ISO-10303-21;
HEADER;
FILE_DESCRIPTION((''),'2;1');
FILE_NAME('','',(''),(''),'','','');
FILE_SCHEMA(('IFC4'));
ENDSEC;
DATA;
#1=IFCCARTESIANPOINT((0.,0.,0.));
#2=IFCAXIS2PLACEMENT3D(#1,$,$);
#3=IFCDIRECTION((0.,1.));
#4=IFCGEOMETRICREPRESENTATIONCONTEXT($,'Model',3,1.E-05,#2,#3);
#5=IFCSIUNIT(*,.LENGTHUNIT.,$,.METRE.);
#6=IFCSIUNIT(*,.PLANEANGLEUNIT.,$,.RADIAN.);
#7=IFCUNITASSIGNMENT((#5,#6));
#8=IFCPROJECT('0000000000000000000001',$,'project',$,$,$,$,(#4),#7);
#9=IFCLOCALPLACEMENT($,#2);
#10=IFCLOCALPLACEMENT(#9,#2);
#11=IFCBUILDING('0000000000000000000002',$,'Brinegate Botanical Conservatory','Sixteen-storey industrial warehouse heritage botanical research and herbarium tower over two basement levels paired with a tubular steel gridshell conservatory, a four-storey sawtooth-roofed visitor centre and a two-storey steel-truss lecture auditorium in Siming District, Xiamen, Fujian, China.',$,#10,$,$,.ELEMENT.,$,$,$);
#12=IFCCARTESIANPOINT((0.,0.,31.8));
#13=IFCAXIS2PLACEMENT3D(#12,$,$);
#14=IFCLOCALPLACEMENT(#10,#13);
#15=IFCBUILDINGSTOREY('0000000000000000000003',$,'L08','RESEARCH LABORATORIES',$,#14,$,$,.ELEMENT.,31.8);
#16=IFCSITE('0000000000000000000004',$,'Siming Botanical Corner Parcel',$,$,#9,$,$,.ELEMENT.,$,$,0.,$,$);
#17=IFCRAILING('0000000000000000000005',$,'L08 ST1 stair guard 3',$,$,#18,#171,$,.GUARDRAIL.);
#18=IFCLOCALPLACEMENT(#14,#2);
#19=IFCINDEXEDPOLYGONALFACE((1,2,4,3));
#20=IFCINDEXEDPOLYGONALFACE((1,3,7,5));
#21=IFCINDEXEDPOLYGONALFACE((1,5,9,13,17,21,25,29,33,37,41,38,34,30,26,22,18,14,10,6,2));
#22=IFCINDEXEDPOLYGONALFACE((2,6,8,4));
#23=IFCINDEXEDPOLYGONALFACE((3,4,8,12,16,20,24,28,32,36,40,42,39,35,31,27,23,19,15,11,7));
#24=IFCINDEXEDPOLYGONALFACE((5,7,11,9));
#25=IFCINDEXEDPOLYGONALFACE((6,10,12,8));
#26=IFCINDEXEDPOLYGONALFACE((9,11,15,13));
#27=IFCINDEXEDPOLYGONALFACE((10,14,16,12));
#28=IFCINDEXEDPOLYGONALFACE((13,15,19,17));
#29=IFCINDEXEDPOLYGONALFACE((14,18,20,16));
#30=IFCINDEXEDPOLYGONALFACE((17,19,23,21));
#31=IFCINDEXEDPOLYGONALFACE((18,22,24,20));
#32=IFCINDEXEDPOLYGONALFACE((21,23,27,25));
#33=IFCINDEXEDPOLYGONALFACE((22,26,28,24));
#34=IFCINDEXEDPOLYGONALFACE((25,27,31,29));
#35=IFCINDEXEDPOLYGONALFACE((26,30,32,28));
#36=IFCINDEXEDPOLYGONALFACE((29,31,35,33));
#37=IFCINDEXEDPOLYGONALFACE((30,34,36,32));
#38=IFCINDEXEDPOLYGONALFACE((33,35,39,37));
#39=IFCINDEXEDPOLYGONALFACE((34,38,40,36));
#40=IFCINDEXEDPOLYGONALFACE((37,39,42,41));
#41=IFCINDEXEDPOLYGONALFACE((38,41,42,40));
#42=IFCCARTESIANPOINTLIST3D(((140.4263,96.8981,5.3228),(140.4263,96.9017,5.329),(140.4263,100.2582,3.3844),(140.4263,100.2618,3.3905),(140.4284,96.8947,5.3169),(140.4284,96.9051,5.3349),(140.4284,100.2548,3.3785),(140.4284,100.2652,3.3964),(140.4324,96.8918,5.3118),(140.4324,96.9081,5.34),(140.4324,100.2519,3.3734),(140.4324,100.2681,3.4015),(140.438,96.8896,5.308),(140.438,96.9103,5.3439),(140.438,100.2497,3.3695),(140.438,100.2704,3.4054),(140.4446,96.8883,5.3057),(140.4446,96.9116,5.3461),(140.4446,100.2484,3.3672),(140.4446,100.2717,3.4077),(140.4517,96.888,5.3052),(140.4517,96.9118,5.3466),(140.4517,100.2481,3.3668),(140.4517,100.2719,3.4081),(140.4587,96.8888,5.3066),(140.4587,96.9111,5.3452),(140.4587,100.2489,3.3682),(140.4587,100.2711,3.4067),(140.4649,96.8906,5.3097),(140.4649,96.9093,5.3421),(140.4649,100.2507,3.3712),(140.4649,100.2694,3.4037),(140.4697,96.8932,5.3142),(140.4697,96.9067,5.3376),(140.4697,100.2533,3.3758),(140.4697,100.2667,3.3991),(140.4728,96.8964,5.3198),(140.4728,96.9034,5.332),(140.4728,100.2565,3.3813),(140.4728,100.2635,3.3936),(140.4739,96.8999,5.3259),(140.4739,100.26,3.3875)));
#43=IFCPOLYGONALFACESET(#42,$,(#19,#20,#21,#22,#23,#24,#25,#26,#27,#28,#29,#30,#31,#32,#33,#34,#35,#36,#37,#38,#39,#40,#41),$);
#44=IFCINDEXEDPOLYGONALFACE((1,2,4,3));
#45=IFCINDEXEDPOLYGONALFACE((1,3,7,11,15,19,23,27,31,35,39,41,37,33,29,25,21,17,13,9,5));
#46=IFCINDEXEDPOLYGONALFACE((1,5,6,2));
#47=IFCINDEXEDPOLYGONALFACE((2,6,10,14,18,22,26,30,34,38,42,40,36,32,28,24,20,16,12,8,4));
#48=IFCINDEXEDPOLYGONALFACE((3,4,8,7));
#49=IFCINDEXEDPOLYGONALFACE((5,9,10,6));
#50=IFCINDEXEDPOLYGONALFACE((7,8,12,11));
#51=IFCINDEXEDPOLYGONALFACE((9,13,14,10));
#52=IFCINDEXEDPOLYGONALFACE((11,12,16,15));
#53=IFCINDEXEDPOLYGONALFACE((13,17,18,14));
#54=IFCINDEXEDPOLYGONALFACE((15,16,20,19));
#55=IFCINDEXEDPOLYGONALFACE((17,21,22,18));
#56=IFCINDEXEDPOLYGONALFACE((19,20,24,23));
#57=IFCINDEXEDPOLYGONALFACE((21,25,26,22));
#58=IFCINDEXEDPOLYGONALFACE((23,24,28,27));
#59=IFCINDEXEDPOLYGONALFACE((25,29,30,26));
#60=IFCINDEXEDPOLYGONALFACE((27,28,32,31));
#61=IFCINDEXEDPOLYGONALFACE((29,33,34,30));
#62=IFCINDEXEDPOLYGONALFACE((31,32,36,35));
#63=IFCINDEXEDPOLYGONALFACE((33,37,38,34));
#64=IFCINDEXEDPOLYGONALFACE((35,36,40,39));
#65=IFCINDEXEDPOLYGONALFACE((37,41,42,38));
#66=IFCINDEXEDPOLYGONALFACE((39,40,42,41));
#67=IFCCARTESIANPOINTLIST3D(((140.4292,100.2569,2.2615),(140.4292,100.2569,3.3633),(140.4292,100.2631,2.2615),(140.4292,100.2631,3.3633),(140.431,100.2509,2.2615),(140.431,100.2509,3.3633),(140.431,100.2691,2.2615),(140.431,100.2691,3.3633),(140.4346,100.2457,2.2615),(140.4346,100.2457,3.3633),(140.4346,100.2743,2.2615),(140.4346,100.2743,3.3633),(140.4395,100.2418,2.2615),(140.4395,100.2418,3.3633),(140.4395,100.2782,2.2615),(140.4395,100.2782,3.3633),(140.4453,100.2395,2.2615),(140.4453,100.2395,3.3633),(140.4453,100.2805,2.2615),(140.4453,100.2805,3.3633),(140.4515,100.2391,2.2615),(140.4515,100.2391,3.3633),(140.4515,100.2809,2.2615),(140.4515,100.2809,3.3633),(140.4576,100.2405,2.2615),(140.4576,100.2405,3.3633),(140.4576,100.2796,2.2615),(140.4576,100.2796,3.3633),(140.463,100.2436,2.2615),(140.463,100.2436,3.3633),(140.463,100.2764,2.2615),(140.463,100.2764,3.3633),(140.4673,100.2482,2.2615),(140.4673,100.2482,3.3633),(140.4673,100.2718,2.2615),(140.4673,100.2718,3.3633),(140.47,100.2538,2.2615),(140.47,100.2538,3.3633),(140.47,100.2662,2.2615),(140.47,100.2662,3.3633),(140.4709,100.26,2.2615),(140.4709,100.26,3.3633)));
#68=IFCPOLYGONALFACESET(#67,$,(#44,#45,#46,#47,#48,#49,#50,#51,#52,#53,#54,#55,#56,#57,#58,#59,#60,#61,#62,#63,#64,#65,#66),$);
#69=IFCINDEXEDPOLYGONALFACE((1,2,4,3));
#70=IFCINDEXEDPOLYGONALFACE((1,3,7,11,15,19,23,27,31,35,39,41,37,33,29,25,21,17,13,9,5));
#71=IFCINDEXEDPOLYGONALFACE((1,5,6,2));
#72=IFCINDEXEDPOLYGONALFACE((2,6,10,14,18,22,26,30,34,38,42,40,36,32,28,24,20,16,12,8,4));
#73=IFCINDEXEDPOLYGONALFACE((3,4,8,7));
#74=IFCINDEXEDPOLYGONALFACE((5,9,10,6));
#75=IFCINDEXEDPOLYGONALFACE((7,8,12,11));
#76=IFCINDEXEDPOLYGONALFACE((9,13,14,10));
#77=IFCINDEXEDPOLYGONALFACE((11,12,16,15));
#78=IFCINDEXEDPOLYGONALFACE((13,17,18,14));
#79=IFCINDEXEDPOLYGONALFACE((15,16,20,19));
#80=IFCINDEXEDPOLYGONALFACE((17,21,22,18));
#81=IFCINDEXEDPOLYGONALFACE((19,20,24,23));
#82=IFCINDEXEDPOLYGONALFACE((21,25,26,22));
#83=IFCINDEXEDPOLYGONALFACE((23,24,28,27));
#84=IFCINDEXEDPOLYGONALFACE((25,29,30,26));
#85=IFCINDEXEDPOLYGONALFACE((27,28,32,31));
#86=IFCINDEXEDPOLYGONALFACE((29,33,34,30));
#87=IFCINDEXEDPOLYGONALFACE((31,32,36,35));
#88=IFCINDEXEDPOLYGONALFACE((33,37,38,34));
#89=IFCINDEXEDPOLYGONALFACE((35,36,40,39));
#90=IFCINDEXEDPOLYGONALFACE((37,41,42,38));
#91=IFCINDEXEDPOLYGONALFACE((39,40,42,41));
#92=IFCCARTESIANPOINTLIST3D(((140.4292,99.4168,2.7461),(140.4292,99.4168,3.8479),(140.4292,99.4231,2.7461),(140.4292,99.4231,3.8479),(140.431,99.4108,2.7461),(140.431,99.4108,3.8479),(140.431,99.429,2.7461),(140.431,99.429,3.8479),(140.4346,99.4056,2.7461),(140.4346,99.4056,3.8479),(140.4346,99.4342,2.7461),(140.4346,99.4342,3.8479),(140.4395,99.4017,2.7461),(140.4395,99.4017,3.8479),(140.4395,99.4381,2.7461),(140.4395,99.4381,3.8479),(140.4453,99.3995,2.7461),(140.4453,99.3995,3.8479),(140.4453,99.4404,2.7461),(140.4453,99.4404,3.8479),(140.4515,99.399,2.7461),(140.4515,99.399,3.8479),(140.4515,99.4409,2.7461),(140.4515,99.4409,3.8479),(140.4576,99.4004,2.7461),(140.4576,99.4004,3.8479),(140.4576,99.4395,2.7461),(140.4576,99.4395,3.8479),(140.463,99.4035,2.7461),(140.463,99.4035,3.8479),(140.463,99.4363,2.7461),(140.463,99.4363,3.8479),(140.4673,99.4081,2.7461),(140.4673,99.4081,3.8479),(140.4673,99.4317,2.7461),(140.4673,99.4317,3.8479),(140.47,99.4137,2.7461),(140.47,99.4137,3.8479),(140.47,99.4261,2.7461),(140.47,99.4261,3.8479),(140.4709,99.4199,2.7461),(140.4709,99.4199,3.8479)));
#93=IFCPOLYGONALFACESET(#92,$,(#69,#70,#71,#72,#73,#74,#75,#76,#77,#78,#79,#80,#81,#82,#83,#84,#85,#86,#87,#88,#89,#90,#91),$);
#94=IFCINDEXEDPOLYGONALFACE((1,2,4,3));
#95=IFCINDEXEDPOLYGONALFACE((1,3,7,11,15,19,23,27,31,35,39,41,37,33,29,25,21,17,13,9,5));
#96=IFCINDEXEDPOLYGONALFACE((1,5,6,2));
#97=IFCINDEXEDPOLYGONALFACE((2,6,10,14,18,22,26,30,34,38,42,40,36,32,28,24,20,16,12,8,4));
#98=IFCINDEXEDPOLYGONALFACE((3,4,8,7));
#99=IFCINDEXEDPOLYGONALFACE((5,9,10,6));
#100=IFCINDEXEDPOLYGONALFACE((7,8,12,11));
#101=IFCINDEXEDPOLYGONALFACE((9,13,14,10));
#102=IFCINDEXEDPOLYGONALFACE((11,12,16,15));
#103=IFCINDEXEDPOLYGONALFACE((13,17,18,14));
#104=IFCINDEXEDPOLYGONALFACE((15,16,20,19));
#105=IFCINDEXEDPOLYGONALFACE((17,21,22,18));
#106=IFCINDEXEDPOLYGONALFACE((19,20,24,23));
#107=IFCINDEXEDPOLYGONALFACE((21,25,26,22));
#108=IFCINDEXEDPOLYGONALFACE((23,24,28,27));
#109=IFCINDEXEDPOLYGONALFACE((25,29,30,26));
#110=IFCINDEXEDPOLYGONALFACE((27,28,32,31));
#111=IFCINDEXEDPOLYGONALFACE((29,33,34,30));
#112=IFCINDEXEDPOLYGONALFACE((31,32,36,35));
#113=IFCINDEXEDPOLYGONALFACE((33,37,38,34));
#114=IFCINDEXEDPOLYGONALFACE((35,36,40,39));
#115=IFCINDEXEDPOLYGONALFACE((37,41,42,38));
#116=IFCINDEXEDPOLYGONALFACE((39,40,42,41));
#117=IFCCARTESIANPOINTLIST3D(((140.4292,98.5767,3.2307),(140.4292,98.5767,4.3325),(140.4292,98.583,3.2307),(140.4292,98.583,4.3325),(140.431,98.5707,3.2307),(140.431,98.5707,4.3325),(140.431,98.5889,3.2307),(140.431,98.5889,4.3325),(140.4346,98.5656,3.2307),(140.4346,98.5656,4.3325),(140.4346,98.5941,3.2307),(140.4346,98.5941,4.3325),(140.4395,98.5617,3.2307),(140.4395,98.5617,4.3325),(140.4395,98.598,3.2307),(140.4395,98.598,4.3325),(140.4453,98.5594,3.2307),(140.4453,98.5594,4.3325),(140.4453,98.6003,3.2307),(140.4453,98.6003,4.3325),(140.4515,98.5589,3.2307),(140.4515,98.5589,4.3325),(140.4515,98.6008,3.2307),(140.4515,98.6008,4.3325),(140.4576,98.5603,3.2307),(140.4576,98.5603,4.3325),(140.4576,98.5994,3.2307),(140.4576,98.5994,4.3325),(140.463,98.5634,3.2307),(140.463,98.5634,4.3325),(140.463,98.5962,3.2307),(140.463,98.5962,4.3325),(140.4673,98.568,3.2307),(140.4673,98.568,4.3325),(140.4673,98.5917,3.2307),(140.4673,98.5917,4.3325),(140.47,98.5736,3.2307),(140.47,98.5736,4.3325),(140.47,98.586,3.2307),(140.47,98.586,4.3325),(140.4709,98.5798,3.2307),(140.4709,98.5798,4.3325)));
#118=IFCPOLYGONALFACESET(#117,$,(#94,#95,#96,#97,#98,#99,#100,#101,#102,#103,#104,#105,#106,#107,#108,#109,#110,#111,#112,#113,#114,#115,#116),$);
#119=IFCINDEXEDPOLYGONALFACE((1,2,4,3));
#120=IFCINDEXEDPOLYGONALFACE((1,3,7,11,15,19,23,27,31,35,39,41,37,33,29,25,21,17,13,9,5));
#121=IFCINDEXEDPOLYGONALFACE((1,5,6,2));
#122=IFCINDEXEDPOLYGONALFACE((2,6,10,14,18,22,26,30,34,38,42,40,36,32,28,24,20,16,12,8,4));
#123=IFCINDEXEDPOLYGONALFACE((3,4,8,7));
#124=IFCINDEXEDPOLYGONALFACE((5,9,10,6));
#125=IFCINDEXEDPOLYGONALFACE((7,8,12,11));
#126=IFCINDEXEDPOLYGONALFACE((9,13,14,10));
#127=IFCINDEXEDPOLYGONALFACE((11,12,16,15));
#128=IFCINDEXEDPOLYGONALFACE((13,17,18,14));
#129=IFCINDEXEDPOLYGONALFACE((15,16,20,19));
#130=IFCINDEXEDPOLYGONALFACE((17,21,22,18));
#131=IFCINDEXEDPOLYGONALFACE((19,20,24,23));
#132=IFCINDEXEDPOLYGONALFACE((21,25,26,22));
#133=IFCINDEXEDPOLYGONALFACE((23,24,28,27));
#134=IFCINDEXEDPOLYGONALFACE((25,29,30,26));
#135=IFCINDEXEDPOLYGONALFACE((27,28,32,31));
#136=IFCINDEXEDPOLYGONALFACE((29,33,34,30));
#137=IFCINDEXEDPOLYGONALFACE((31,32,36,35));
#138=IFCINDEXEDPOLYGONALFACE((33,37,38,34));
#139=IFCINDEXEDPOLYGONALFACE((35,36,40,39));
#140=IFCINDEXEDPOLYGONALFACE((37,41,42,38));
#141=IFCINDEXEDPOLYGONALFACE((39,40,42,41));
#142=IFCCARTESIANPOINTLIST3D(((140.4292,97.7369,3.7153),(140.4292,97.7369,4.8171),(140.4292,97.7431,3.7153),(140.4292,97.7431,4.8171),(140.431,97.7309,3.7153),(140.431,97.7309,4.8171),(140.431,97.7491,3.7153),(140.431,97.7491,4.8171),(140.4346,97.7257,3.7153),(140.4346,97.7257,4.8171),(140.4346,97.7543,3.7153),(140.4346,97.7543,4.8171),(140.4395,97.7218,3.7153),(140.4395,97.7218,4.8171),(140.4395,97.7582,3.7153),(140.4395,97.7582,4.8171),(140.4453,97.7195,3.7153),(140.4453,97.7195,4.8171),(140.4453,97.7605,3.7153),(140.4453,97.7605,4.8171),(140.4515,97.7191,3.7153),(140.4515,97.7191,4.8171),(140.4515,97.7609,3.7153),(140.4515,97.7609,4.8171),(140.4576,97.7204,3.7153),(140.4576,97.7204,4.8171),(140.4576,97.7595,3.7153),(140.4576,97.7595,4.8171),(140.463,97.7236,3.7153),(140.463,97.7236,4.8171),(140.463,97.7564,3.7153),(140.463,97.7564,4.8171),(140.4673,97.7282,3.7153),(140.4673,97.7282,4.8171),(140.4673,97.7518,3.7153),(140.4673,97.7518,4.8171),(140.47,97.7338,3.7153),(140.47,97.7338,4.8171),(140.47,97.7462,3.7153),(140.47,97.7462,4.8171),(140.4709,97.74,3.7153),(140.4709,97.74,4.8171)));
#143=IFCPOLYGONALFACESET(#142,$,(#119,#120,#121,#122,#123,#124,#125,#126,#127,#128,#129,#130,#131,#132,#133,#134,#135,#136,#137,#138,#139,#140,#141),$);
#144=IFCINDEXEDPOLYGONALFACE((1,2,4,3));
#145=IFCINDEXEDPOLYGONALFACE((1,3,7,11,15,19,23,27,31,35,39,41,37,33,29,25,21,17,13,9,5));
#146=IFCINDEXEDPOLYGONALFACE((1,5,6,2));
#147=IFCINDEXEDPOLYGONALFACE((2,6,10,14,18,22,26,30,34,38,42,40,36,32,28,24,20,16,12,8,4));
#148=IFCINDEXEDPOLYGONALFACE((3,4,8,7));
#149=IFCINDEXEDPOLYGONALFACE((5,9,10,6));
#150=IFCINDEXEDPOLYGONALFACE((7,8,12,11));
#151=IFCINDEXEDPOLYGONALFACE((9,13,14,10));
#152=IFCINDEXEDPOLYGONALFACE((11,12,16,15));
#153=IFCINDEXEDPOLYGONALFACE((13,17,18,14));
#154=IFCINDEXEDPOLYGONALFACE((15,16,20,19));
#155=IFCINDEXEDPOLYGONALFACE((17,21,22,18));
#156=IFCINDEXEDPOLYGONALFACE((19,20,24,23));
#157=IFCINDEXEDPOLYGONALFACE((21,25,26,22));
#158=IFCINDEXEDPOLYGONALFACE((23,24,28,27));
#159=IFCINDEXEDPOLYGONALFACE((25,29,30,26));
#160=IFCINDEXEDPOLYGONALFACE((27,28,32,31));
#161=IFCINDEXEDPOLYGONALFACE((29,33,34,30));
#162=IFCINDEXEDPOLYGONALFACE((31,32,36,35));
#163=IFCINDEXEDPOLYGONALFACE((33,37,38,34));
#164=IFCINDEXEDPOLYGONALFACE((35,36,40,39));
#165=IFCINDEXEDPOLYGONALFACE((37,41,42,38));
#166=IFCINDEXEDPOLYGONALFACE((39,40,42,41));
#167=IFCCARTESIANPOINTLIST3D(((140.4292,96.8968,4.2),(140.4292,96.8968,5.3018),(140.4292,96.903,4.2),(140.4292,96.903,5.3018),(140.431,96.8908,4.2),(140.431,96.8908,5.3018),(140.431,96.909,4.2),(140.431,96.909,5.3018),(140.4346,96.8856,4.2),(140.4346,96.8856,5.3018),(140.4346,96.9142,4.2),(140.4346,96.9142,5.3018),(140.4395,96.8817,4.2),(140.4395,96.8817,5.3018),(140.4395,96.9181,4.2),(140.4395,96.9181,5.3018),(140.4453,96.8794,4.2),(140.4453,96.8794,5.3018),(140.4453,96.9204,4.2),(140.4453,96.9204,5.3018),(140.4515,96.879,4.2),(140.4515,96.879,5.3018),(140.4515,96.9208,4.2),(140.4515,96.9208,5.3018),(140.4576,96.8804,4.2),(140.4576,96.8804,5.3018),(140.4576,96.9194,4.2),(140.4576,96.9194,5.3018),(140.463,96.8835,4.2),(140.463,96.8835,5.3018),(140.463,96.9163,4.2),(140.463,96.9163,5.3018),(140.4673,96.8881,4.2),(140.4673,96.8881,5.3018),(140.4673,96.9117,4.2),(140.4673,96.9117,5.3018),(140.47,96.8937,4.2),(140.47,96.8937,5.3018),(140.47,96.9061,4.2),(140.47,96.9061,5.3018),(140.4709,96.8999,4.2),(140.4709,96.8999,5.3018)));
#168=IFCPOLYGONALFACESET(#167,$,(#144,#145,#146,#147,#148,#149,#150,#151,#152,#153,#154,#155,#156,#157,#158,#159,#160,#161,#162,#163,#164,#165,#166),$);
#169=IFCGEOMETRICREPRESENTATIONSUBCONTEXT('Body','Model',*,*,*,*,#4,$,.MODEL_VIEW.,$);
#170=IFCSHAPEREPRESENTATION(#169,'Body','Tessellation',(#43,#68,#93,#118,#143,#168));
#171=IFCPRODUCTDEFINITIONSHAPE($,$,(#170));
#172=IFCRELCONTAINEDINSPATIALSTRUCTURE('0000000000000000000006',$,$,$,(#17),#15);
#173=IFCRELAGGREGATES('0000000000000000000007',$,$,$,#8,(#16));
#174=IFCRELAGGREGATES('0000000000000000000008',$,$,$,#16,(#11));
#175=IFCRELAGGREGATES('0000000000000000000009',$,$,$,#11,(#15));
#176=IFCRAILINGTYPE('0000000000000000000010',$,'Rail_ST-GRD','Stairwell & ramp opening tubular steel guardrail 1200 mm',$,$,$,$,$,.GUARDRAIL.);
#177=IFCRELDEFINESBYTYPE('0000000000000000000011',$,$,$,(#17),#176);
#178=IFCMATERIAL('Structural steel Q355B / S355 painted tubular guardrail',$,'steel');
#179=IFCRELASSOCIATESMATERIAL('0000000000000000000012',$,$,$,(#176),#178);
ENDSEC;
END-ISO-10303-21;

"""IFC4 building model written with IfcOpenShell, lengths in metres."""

from ifc_helpers import new_model, si_unit, direction, frame, origin, origin_2d, place, context, subcontext, project, spatial, circle, extrude, material, type_object, element, save


model = new_model("IFC4")

# Units and contexts
model_context = context("Model", 3, precision=1e-05, world=origin(), true_north=direction((0.0, 1.0)))
body_context = subcontext(model_context, "Body", "Model", "MODEL_VIEW")
ifc_project = project(units=[si_unit("LENGTHUNIT", "METRE"), si_unit("PLANEANGLEUNIT", "RADIAN")], contexts=[model_context])

# Site, building, storey
site_placement = place(None, origin())
site = spatial("IfcSite", under=ifc_project, at=site_placement, Name="Siming Botanical Corner Parcel", CompositionType="ELEMENT", RefElevation=0.0)
building_placement = place(site_placement, origin())
building = spatial("IfcBuilding", under=site, at=building_placement, Name="Brinegate Botanical Conservatory", Description="Sixteen-storey industrial warehouse heritage botanical research and herbarium tower over two basement levels paired with a tubular steel gridshell conservatory, a four-storey sawtooth-roofed visitor centre and a two-storey steel-truss lecture auditorium in Siming District, Xiamen, Fujian, China.", CompositionType="ELEMENT")
storey_placement = place(building_placement, frame((0.0, 0.0, 31.8)))
storey = spatial("IfcBuildingStorey", under=building, at=storey_placement, Name="L08", Description="RESEARCH LABORATORIES", CompositionType="ELEMENT", Elevation=31.8)

# Railing
ifc_material_1 = material(Name="Structural steel Q355B / S355 painted tubular guardrail", Category="steel")
railing_type_1 = type_object("IfcRailingType", Name="Rail_ST-GRD", Description="Stairwell & ramp opening tubular steel guardrail 1200 mm", PredefinedType="GUARDRAIL", material=ifc_material_1)
railing_1_placement = place(storey_placement, frame((140.45, 100.26, 2.2615)))
element("IfcRailing", 1, at=railing_1_placement, inside=storey, type_object=railing_type_1, Name="L08 ST1 stair guard 3", PredefinedType="GUARDRAIL", context=body_context, shape_type="SweptSolid", body=[
    extrude(circle(Radius=0.0239, at=origin_2d()), frame((0.0, 0.0, 1.126), z_axis=(0.0, -0.866191, 0.499713), x_axis=(1.0, 0.0, 0.0)), (0.0, 0.0, 1.0), 3.8792),
    extrude(circle(Radius=0.021, at=origin_2d()), origin(), (0.0, 0.0, 1.0), 1.1018),
    extrude(circle(Radius=0.021, at=origin_2d()), frame((0.0, -0.8401, 0.4846)), (0.0, 0.0, 1.0), 1.1018),
    extrude(circle(Radius=0.021, at=origin_2d()), frame((0.0, -1.6802, 0.9692)), (0.0, 0.0, 1.0), 1.1018),
    extrude(circle(Radius=0.021, at=origin_2d()), frame((0.0, -2.52, 1.4539)), (0.0, 0.0, 1.0), 1.1018),
    extrude(circle(Radius=0.021, at=origin_2d()), frame((0.0, -3.3601, 1.9385)), (0.0, 0.0, 1.0), 1.1018),
])

save(model, "model.ifc")
